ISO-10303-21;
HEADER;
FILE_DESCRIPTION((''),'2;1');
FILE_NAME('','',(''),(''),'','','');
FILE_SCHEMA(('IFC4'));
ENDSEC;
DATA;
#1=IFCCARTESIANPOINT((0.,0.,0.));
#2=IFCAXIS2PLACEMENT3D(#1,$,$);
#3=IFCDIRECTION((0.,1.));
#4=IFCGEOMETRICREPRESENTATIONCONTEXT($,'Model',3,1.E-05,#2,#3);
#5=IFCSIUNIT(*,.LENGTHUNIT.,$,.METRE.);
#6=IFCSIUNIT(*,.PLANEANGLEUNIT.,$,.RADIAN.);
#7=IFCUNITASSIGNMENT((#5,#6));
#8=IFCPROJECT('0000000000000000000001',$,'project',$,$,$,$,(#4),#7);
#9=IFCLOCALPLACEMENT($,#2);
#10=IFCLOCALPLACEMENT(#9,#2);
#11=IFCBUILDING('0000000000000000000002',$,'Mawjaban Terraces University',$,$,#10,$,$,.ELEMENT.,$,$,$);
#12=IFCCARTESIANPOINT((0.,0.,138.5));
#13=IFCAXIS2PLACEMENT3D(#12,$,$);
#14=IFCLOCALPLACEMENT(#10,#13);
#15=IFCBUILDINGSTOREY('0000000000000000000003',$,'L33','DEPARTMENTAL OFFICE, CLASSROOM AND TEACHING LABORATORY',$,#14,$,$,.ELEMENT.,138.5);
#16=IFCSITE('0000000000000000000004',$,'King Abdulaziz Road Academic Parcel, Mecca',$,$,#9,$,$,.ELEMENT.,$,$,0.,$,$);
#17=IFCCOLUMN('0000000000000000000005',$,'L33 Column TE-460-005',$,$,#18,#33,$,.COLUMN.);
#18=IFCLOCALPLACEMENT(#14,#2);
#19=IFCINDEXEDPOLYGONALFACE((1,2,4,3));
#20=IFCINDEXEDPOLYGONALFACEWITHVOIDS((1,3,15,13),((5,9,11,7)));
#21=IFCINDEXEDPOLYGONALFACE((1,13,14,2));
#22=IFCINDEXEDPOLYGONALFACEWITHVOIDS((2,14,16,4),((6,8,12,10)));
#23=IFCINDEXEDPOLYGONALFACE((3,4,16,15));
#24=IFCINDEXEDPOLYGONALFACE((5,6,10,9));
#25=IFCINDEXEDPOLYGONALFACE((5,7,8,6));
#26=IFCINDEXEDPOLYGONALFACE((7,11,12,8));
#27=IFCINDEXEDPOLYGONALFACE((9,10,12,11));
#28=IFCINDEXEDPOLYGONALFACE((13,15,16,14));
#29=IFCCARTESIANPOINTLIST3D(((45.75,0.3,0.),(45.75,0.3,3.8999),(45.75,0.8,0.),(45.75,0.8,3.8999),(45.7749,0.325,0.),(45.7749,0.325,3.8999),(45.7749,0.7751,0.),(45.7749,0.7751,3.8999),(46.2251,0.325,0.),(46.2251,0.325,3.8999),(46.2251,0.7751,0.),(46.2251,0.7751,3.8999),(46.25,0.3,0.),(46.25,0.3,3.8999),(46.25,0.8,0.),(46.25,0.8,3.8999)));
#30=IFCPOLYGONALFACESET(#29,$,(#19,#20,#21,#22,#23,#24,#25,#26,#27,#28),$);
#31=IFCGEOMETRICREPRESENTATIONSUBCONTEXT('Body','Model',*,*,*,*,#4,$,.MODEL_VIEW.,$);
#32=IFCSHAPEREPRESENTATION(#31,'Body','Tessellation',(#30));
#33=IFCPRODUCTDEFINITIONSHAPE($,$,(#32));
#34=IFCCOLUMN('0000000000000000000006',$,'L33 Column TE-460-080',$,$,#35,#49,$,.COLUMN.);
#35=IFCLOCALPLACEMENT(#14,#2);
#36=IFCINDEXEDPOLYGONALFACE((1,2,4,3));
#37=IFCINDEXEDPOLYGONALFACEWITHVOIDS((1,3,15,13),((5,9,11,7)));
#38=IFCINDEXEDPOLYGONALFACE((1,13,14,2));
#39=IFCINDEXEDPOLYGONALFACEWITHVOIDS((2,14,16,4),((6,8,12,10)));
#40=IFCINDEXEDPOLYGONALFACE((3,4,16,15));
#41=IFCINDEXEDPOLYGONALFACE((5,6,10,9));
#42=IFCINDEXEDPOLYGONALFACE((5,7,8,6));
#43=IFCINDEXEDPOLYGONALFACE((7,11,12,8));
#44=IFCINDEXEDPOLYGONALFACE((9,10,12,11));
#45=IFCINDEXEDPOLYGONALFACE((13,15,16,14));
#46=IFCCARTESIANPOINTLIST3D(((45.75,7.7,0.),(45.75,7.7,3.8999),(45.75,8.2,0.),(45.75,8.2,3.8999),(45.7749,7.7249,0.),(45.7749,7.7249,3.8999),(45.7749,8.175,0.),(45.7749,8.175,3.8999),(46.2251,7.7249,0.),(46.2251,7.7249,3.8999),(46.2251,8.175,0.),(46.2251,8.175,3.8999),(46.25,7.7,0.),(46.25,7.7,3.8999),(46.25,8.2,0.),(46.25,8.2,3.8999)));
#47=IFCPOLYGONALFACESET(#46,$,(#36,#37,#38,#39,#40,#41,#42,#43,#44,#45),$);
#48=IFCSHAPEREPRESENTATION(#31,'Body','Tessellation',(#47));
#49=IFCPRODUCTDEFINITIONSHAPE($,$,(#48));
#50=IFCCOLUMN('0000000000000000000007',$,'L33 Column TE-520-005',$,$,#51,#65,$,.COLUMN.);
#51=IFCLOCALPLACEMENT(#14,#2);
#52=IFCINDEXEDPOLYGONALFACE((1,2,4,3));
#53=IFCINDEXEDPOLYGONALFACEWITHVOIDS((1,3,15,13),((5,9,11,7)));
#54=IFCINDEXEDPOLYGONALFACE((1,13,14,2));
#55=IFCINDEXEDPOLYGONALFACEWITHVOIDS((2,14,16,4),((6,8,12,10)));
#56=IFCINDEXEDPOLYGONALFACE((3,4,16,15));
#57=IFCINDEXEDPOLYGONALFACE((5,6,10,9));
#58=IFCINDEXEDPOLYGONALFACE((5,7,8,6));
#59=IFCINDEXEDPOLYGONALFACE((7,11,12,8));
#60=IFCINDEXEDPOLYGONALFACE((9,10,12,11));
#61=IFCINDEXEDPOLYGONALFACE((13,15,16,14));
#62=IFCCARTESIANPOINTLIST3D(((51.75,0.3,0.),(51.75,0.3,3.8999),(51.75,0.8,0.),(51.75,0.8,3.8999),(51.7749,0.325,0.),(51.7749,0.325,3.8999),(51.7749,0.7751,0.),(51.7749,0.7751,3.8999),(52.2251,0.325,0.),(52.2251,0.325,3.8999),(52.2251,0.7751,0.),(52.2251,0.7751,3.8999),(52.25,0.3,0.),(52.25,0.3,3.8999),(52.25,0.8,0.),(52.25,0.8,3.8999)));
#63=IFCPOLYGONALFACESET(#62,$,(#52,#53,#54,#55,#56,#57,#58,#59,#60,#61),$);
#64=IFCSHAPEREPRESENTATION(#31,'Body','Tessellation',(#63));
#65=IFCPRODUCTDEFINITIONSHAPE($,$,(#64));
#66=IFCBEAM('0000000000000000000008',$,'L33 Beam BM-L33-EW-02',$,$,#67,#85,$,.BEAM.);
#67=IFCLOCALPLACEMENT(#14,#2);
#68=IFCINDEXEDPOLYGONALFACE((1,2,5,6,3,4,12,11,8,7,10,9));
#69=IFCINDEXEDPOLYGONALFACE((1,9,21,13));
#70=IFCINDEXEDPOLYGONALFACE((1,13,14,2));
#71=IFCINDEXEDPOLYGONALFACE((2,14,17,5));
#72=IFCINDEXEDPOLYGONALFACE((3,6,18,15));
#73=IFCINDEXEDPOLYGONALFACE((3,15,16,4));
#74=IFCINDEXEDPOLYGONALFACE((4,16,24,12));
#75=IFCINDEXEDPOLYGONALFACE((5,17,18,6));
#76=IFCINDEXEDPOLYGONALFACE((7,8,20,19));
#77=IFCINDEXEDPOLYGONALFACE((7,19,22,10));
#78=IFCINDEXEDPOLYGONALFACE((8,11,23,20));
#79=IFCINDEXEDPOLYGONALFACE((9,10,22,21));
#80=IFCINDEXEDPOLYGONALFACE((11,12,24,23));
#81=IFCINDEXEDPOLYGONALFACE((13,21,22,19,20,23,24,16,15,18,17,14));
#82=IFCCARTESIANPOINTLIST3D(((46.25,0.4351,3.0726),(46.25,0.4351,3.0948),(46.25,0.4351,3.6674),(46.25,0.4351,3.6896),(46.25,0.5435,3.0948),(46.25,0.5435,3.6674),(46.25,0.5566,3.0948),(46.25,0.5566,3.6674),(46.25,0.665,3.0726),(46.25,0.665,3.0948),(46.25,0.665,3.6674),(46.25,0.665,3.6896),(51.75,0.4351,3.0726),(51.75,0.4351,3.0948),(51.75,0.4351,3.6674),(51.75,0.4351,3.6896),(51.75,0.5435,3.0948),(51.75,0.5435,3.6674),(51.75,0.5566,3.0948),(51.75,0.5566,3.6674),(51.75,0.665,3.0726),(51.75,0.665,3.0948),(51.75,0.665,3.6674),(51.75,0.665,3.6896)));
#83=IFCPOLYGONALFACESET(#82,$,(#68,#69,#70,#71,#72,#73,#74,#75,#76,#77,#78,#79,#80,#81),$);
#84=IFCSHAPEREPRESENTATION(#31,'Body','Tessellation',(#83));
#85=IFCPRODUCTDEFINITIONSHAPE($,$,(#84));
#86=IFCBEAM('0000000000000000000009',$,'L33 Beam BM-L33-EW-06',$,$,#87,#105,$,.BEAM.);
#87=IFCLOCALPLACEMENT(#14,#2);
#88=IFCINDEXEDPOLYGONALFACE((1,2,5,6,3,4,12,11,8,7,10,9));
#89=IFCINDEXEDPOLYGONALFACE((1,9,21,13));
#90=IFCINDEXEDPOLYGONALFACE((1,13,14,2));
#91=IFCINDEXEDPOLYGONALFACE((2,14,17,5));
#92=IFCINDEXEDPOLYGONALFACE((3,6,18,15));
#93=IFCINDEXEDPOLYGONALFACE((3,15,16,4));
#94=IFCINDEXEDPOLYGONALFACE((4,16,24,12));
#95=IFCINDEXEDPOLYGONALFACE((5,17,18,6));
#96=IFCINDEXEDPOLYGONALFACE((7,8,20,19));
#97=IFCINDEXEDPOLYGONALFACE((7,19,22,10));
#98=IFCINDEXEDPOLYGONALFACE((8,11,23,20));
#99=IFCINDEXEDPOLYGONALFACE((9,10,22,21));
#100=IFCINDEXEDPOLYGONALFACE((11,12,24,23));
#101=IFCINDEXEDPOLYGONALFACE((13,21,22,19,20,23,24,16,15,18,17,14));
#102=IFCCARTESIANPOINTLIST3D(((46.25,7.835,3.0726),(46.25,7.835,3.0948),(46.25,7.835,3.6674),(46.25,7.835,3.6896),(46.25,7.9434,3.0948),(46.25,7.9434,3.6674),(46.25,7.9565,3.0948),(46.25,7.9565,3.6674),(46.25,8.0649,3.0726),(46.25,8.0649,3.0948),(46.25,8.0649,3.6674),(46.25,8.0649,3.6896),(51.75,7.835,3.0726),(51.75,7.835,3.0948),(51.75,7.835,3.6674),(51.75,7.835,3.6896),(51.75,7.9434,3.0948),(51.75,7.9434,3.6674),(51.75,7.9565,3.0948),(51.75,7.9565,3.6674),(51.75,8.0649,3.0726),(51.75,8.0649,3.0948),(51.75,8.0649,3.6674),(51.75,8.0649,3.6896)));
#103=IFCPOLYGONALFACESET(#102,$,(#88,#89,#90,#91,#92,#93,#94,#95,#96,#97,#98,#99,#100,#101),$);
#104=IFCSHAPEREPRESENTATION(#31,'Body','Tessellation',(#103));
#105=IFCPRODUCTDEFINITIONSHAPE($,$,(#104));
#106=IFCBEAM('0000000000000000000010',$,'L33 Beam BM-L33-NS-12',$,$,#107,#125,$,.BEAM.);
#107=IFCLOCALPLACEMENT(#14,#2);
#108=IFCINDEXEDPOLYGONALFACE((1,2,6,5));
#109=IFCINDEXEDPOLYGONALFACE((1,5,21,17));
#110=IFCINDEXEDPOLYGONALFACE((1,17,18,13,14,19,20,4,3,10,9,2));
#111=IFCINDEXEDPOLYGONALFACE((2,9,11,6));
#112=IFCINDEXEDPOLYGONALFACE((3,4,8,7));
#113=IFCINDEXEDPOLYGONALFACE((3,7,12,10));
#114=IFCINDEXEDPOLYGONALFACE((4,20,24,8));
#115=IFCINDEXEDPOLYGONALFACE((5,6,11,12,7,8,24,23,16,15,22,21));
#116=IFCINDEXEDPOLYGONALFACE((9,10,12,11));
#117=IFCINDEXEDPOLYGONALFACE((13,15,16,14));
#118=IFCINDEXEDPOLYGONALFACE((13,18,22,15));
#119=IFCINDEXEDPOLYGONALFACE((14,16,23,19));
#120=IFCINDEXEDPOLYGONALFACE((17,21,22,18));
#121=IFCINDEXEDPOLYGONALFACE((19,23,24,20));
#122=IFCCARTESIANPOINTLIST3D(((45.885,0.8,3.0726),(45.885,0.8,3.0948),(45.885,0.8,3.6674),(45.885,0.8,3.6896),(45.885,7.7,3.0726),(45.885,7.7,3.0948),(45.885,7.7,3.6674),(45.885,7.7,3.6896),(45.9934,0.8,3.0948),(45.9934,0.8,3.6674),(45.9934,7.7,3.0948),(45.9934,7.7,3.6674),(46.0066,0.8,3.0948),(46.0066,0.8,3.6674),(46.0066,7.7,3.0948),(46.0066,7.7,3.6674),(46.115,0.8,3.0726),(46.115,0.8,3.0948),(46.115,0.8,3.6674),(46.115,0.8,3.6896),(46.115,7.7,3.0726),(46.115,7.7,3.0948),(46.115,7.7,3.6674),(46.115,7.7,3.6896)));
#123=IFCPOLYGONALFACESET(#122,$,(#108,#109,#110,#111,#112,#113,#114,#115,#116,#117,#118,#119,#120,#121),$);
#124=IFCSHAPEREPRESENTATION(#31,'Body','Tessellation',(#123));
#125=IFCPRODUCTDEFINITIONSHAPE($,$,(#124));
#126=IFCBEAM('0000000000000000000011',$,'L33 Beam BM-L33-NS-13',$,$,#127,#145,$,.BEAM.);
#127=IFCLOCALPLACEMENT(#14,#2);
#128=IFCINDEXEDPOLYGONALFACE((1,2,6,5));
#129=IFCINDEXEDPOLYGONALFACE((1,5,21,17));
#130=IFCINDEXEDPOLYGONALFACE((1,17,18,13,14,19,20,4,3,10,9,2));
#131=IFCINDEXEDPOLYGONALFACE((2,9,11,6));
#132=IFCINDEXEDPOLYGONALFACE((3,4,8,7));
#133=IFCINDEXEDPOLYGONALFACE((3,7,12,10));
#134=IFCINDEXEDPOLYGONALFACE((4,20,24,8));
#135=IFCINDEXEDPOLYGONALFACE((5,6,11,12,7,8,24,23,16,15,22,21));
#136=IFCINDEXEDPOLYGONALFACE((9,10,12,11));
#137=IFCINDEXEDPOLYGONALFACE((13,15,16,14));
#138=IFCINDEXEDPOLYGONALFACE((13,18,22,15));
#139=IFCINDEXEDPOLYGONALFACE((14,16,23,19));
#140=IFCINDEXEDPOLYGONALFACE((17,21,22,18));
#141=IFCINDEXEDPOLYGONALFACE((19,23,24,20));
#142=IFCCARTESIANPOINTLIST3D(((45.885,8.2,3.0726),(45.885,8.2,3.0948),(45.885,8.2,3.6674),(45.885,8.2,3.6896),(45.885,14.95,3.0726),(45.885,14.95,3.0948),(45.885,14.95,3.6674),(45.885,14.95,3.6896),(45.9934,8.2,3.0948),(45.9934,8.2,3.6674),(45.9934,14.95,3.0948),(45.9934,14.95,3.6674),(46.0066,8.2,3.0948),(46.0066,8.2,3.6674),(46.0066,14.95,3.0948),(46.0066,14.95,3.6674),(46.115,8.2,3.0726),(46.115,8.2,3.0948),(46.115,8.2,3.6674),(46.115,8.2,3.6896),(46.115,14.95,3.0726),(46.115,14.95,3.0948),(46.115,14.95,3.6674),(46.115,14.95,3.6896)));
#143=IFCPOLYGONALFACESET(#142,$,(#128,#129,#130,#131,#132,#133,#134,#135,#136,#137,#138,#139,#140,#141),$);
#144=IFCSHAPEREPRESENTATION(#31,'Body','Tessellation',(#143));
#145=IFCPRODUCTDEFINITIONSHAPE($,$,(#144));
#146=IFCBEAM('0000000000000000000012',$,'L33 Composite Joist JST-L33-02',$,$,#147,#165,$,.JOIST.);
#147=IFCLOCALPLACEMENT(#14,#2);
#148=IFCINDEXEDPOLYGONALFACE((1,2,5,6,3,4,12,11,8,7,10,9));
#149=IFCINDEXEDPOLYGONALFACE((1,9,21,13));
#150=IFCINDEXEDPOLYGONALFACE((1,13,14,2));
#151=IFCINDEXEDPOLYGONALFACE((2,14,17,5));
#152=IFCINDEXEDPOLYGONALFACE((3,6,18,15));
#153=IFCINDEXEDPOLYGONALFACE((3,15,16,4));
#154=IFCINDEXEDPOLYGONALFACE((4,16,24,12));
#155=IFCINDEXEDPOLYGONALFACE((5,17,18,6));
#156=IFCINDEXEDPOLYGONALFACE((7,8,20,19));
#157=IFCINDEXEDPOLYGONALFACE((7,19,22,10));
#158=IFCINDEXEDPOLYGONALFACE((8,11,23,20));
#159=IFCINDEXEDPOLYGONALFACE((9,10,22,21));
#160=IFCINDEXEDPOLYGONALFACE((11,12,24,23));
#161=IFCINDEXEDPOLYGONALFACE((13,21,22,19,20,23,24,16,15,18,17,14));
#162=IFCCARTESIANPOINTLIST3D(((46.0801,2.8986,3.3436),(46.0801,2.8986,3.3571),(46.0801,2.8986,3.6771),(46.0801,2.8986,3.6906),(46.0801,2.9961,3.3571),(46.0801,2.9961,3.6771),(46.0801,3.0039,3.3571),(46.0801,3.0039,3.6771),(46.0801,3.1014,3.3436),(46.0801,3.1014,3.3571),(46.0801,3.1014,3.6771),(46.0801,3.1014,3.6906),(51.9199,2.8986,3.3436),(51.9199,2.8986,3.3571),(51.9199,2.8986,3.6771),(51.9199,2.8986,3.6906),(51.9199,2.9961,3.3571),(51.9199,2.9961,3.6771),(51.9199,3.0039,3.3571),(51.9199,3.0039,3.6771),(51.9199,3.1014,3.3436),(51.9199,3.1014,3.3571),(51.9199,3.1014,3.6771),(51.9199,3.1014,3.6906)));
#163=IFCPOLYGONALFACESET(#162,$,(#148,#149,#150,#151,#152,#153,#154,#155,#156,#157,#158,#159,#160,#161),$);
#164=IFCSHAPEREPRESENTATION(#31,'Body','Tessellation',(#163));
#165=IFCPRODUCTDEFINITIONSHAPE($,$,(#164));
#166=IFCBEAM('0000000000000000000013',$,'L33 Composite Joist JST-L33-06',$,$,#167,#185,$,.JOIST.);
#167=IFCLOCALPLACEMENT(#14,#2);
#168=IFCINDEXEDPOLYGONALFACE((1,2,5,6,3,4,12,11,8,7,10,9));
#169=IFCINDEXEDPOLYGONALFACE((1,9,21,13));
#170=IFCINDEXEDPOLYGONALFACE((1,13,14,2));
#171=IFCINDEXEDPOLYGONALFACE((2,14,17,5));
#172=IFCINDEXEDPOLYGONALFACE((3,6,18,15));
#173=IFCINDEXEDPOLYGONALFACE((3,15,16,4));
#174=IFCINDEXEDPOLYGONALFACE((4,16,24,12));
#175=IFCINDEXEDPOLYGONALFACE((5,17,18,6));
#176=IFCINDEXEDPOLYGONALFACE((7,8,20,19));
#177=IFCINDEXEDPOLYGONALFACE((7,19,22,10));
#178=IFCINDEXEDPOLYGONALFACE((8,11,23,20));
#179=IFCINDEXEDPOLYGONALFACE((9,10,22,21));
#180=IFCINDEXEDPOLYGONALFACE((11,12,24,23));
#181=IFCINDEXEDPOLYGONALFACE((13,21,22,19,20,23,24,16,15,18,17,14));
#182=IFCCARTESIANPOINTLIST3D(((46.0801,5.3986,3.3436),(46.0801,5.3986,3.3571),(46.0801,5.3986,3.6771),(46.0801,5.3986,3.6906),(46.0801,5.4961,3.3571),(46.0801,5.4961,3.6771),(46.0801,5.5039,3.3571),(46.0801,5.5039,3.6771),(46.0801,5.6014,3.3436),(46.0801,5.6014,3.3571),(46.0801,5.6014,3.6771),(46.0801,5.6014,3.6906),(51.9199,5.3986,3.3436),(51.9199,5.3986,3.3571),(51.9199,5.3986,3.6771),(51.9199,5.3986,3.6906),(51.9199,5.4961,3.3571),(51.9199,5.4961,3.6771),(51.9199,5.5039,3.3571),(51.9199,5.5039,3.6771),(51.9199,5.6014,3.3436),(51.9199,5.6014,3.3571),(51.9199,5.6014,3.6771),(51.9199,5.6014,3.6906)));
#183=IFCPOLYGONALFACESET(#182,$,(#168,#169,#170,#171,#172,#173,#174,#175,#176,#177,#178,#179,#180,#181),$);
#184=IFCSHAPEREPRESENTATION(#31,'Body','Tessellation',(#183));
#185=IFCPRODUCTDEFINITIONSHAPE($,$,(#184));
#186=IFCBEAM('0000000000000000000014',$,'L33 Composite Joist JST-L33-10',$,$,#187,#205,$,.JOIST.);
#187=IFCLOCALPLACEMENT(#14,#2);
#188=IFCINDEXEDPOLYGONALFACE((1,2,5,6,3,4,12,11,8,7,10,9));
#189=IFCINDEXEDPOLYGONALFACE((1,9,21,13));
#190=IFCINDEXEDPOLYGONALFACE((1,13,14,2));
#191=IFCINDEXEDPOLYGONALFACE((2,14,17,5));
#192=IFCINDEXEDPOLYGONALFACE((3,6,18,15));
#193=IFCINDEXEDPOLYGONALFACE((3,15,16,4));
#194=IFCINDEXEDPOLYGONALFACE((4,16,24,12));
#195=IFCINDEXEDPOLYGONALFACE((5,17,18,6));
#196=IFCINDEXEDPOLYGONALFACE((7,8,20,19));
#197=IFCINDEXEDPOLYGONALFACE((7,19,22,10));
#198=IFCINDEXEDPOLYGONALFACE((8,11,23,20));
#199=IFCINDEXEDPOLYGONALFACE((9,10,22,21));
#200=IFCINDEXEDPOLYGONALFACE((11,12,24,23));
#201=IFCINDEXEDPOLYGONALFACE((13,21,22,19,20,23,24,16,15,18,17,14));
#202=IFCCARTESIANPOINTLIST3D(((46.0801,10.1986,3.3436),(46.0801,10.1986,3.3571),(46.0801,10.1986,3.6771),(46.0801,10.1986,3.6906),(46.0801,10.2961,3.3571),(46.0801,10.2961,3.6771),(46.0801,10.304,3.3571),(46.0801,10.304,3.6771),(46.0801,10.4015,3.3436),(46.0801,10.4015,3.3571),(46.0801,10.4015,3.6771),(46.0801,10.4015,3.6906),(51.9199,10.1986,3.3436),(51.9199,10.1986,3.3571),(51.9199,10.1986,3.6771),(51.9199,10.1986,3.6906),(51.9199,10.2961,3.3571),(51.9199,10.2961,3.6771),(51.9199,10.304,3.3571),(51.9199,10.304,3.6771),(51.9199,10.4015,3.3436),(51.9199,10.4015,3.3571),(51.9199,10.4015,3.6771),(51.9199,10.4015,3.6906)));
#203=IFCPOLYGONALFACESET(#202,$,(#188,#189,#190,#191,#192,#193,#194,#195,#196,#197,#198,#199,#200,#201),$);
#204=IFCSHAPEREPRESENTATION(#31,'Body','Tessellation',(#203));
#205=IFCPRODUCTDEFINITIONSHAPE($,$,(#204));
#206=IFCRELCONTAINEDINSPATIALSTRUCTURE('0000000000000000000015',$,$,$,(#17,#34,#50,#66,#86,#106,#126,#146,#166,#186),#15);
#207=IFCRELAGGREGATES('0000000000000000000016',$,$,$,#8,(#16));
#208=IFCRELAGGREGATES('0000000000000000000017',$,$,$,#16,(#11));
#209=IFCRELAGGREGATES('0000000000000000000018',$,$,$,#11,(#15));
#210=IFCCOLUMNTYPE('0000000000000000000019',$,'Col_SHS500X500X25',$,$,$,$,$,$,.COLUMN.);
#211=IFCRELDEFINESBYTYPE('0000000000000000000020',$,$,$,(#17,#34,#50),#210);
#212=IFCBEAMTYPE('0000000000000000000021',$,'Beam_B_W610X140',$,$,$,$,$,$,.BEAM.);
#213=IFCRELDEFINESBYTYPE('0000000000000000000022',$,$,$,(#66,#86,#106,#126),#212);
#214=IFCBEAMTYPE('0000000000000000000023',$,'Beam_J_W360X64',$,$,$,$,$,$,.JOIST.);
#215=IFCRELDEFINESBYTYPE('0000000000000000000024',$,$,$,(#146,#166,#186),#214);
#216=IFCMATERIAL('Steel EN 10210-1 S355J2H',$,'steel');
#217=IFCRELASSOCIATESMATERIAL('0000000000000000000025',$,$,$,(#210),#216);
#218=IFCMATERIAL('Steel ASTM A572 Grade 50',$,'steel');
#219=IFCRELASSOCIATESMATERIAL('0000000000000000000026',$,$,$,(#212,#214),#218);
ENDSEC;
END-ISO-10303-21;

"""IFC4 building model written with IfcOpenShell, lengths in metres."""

from ifc_helpers import new_model, si_unit, direction, frame, origin, origin_2d, place, context, subcontext, project, spatial, hollow_rectangle, i_section, extrude, material, material_profile, profile_set, type_object, element, save


model = new_model("IFC4")

# Units and contexts
model_context = context("Model", 3, precision=1e-05, world=origin(), true_north=direction((0.0, 1.0)))
body_context = subcontext(model_context, "Body", "Model", "MODEL_VIEW")
ifc_project = project(units=[si_unit("LENGTHUNIT", "METRE"), si_unit("PLANEANGLEUNIT", "RADIAN")], contexts=[model_context])

# Site, building, storey
site_placement = place(None, origin())
site = spatial("IfcSite", under=ifc_project, at=site_placement, Name="King Abdulaziz Road Academic Parcel, Mecca", CompositionType="ELEMENT", RefElevation=0.0)
building_placement = place(site_placement, origin())
building = spatial("IfcBuilding", under=site, at=building_placement, Name="Mawjaban Terraces University", CompositionType="ELEMENT")
storey_placement = place(building_placement, frame((0.0, 0.0, 138.5)))
storey = spatial("IfcBuildingStorey", under=building, at=storey_placement, Name="L33", Description="DEPARTMENTAL OFFICE, CLASSROOM AND TEACHING LABORATORY", CompositionType="ELEMENT", Elevation=138.5)

# Columns
ifc_material_1 = material(Name="Steel EN 10210-1 S355J2H", Category="steel")
ifc_material_profile_1 = material_profile(ifc_material_1, hollow_rectangle(XDim=0.5, YDim=0.5, WallThickness=0.0249, at=origin_2d()), Name="SHS500X500X25")
ifc_profile_set_1 = profile_set([ifc_material_profile_1], Name="Steel EN 10210-1 S355J2H")
column_type = type_object("IfcColumnType", Name="Col_SHS500X500X25", PredefinedType="COLUMN", material=ifc_profile_set_1)
for number, where, z_axis, x_axis, name in (
    (1, (46.0, 0.55, 0.0), (0.0, 0.0, 1.0), (1.0, 0.0, 0.0), "L33 Column TE-460-005"),
    (2, (46.0, 7.95, 0.0), (0.0, 0.0, 1.0), (1.0, 0.0, 0.0), "L33 Column TE-460-080"),
    (3, (52.0, 0.55, 0.0), (0.0, 0.0, 1.0), (1.0, 0.0, 0.0), "L33 Column TE-520-005"),
):
    element("IfcColumn", number, at=place(storey_placement, frame(where, z_axis=z_axis, x_axis=x_axis)), inside=storey, type_object=column_type, Name=name, PredefinedType="COLUMN", context=body_context, shape_type="SweptSolid", body=[
        extrude(hollow_rectangle(XDim=0.5, YDim=0.5, WallThickness=0.0249, at=origin_2d()), origin(), (0.0, 0.0, 1.0), 3.8999),
    ])

# Beams
ifc_material_2 = material(Name="Steel ASTM A572 Grade 50", Category="steel")
ifc_material_profile_2 = material_profile(ifc_material_2, i_section(OverallWidth=0.23, OverallDepth=0.6169, WebThickness=0.0132, FlangeThickness=0.0222, at=origin_2d()), Name="W610X140")
ifc_profile_set_2 = profile_set([ifc_material_profile_2], Name="Steel ASTM A572 Grade 50")
beam_type_1 = type_object("IfcBeamType", Name="Beam_B_W610X140", PredefinedType="BEAM", material=ifc_profile_set_2)
for number, where, z_axis, x_axis, name in (
    (4, (46.25, 0.55, 3.3811), (1.0, 0.0, 0.0), (0.0, 1.0, 0.0), "L33 Beam BM-L33-EW-02"),
    (5, (46.25, 7.95, 3.3811), (1.0, 0.0, 0.0), (0.0, 1.0, 0.0), "L33 Beam BM-L33-EW-06"),
):
    element("IfcBeam", number, at=place(storey_placement, frame(where, z_axis=z_axis, x_axis=x_axis)), inside=storey, type_object=beam_type_1, Name=name, PredefinedType="BEAM", context=body_context, shape_type="SweptSolid", body=[
        extrude(i_section(OverallWidth=0.23, OverallDepth=0.6169, WebThickness=0.0132, FlangeThickness=0.0222, at=origin_2d()), origin(), (0.0, 0.0, 1.0), 5.5),
    ])
beam_1_placement = place(storey_placement, frame((46.0, 0.8, 3.3811), z_axis=(0.0, 1.0, 0.0), x_axis=(-1.0, 0.0, 0.0)))
element("IfcBeam", 6, at=beam_1_placement, inside=storey, type_object=beam_type_1, Name="L33 Beam BM-L33-NS-12", PredefinedType="BEAM", context=body_context, shape_type="SweptSolid", body=[
    extrude(i_section(OverallWidth=0.23, OverallDepth=0.6169, WebThickness=0.0132, FlangeThickness=0.0222, at=origin_2d()), origin(), (0.0, 0.0, 1.0), 6.8999),
])
beam_2_placement = place(storey_placement, frame((46.0, 8.2, 3.3811), z_axis=(0.0, 1.0, 0.0), x_axis=(-1.0, 0.0, 0.0)))
element("IfcBeam", 7, at=beam_2_placement, inside=storey, type_object=beam_type_1, Name="L33 Beam BM-L33-NS-13", PredefinedType="BEAM", context=body_context, shape_type="SweptSolid", body=[
    extrude(i_section(OverallWidth=0.23, OverallDepth=0.6169, WebThickness=0.0132, FlangeThickness=0.0222, at=origin_2d()), origin(), (0.0, 0.0, 1.0), 6.75),
])
ifc_material_profile_3 = material_profile(ifc_material_2, i_section(OverallWidth=0.2029, OverallDepth=0.3469, WebThickness=0.0078, FlangeThickness=0.0134, at=origin_2d()), Name="W360X64")
ifc_profile_set_3 = profile_set([ifc_material_profile_3], Name="Steel ASTM A572 Grade 50")
beam_type_2 = type_object("IfcBeamType", Name="Beam_J_W360X64", PredefinedType="JOIST", material=ifc_profile_set_3)
for number, where, z_axis, x_axis, name in (
    (8, (46.0801, 3.0, 3.5171), (1.0, 0.0, 0.0), (0.0, 1.0, 0.0), "L33 Composite Joist JST-L33-02"),
    (9, (46.0801, 5.5, 3.5171), (1.0, 0.0, 0.0), (0.0, 1.0, 0.0), "L33 Composite Joist JST-L33-06"),
    (10, (46.0801, 10.3, 3.5171), (1.0, 0.0, 0.0), (0.0, 1.0, 0.0), "L33 Composite Joist JST-L33-10"),
):
    element("IfcBeam", number, at=place(storey_placement, frame(where, z_axis=z_axis, x_axis=x_axis)), inside=storey, type_object=beam_type_2, Name=name, PredefinedType="JOIST", context=body_context, shape_type="SweptSolid", body=[
        extrude(i_section(OverallWidth=0.2029, OverallDepth=0.3469, WebThickness=0.0078, FlangeThickness=0.0134, at=origin_2d()), origin(), (0.0, 0.0, 1.0), 5.8398),
    ])

save(model, "model.ifc")
